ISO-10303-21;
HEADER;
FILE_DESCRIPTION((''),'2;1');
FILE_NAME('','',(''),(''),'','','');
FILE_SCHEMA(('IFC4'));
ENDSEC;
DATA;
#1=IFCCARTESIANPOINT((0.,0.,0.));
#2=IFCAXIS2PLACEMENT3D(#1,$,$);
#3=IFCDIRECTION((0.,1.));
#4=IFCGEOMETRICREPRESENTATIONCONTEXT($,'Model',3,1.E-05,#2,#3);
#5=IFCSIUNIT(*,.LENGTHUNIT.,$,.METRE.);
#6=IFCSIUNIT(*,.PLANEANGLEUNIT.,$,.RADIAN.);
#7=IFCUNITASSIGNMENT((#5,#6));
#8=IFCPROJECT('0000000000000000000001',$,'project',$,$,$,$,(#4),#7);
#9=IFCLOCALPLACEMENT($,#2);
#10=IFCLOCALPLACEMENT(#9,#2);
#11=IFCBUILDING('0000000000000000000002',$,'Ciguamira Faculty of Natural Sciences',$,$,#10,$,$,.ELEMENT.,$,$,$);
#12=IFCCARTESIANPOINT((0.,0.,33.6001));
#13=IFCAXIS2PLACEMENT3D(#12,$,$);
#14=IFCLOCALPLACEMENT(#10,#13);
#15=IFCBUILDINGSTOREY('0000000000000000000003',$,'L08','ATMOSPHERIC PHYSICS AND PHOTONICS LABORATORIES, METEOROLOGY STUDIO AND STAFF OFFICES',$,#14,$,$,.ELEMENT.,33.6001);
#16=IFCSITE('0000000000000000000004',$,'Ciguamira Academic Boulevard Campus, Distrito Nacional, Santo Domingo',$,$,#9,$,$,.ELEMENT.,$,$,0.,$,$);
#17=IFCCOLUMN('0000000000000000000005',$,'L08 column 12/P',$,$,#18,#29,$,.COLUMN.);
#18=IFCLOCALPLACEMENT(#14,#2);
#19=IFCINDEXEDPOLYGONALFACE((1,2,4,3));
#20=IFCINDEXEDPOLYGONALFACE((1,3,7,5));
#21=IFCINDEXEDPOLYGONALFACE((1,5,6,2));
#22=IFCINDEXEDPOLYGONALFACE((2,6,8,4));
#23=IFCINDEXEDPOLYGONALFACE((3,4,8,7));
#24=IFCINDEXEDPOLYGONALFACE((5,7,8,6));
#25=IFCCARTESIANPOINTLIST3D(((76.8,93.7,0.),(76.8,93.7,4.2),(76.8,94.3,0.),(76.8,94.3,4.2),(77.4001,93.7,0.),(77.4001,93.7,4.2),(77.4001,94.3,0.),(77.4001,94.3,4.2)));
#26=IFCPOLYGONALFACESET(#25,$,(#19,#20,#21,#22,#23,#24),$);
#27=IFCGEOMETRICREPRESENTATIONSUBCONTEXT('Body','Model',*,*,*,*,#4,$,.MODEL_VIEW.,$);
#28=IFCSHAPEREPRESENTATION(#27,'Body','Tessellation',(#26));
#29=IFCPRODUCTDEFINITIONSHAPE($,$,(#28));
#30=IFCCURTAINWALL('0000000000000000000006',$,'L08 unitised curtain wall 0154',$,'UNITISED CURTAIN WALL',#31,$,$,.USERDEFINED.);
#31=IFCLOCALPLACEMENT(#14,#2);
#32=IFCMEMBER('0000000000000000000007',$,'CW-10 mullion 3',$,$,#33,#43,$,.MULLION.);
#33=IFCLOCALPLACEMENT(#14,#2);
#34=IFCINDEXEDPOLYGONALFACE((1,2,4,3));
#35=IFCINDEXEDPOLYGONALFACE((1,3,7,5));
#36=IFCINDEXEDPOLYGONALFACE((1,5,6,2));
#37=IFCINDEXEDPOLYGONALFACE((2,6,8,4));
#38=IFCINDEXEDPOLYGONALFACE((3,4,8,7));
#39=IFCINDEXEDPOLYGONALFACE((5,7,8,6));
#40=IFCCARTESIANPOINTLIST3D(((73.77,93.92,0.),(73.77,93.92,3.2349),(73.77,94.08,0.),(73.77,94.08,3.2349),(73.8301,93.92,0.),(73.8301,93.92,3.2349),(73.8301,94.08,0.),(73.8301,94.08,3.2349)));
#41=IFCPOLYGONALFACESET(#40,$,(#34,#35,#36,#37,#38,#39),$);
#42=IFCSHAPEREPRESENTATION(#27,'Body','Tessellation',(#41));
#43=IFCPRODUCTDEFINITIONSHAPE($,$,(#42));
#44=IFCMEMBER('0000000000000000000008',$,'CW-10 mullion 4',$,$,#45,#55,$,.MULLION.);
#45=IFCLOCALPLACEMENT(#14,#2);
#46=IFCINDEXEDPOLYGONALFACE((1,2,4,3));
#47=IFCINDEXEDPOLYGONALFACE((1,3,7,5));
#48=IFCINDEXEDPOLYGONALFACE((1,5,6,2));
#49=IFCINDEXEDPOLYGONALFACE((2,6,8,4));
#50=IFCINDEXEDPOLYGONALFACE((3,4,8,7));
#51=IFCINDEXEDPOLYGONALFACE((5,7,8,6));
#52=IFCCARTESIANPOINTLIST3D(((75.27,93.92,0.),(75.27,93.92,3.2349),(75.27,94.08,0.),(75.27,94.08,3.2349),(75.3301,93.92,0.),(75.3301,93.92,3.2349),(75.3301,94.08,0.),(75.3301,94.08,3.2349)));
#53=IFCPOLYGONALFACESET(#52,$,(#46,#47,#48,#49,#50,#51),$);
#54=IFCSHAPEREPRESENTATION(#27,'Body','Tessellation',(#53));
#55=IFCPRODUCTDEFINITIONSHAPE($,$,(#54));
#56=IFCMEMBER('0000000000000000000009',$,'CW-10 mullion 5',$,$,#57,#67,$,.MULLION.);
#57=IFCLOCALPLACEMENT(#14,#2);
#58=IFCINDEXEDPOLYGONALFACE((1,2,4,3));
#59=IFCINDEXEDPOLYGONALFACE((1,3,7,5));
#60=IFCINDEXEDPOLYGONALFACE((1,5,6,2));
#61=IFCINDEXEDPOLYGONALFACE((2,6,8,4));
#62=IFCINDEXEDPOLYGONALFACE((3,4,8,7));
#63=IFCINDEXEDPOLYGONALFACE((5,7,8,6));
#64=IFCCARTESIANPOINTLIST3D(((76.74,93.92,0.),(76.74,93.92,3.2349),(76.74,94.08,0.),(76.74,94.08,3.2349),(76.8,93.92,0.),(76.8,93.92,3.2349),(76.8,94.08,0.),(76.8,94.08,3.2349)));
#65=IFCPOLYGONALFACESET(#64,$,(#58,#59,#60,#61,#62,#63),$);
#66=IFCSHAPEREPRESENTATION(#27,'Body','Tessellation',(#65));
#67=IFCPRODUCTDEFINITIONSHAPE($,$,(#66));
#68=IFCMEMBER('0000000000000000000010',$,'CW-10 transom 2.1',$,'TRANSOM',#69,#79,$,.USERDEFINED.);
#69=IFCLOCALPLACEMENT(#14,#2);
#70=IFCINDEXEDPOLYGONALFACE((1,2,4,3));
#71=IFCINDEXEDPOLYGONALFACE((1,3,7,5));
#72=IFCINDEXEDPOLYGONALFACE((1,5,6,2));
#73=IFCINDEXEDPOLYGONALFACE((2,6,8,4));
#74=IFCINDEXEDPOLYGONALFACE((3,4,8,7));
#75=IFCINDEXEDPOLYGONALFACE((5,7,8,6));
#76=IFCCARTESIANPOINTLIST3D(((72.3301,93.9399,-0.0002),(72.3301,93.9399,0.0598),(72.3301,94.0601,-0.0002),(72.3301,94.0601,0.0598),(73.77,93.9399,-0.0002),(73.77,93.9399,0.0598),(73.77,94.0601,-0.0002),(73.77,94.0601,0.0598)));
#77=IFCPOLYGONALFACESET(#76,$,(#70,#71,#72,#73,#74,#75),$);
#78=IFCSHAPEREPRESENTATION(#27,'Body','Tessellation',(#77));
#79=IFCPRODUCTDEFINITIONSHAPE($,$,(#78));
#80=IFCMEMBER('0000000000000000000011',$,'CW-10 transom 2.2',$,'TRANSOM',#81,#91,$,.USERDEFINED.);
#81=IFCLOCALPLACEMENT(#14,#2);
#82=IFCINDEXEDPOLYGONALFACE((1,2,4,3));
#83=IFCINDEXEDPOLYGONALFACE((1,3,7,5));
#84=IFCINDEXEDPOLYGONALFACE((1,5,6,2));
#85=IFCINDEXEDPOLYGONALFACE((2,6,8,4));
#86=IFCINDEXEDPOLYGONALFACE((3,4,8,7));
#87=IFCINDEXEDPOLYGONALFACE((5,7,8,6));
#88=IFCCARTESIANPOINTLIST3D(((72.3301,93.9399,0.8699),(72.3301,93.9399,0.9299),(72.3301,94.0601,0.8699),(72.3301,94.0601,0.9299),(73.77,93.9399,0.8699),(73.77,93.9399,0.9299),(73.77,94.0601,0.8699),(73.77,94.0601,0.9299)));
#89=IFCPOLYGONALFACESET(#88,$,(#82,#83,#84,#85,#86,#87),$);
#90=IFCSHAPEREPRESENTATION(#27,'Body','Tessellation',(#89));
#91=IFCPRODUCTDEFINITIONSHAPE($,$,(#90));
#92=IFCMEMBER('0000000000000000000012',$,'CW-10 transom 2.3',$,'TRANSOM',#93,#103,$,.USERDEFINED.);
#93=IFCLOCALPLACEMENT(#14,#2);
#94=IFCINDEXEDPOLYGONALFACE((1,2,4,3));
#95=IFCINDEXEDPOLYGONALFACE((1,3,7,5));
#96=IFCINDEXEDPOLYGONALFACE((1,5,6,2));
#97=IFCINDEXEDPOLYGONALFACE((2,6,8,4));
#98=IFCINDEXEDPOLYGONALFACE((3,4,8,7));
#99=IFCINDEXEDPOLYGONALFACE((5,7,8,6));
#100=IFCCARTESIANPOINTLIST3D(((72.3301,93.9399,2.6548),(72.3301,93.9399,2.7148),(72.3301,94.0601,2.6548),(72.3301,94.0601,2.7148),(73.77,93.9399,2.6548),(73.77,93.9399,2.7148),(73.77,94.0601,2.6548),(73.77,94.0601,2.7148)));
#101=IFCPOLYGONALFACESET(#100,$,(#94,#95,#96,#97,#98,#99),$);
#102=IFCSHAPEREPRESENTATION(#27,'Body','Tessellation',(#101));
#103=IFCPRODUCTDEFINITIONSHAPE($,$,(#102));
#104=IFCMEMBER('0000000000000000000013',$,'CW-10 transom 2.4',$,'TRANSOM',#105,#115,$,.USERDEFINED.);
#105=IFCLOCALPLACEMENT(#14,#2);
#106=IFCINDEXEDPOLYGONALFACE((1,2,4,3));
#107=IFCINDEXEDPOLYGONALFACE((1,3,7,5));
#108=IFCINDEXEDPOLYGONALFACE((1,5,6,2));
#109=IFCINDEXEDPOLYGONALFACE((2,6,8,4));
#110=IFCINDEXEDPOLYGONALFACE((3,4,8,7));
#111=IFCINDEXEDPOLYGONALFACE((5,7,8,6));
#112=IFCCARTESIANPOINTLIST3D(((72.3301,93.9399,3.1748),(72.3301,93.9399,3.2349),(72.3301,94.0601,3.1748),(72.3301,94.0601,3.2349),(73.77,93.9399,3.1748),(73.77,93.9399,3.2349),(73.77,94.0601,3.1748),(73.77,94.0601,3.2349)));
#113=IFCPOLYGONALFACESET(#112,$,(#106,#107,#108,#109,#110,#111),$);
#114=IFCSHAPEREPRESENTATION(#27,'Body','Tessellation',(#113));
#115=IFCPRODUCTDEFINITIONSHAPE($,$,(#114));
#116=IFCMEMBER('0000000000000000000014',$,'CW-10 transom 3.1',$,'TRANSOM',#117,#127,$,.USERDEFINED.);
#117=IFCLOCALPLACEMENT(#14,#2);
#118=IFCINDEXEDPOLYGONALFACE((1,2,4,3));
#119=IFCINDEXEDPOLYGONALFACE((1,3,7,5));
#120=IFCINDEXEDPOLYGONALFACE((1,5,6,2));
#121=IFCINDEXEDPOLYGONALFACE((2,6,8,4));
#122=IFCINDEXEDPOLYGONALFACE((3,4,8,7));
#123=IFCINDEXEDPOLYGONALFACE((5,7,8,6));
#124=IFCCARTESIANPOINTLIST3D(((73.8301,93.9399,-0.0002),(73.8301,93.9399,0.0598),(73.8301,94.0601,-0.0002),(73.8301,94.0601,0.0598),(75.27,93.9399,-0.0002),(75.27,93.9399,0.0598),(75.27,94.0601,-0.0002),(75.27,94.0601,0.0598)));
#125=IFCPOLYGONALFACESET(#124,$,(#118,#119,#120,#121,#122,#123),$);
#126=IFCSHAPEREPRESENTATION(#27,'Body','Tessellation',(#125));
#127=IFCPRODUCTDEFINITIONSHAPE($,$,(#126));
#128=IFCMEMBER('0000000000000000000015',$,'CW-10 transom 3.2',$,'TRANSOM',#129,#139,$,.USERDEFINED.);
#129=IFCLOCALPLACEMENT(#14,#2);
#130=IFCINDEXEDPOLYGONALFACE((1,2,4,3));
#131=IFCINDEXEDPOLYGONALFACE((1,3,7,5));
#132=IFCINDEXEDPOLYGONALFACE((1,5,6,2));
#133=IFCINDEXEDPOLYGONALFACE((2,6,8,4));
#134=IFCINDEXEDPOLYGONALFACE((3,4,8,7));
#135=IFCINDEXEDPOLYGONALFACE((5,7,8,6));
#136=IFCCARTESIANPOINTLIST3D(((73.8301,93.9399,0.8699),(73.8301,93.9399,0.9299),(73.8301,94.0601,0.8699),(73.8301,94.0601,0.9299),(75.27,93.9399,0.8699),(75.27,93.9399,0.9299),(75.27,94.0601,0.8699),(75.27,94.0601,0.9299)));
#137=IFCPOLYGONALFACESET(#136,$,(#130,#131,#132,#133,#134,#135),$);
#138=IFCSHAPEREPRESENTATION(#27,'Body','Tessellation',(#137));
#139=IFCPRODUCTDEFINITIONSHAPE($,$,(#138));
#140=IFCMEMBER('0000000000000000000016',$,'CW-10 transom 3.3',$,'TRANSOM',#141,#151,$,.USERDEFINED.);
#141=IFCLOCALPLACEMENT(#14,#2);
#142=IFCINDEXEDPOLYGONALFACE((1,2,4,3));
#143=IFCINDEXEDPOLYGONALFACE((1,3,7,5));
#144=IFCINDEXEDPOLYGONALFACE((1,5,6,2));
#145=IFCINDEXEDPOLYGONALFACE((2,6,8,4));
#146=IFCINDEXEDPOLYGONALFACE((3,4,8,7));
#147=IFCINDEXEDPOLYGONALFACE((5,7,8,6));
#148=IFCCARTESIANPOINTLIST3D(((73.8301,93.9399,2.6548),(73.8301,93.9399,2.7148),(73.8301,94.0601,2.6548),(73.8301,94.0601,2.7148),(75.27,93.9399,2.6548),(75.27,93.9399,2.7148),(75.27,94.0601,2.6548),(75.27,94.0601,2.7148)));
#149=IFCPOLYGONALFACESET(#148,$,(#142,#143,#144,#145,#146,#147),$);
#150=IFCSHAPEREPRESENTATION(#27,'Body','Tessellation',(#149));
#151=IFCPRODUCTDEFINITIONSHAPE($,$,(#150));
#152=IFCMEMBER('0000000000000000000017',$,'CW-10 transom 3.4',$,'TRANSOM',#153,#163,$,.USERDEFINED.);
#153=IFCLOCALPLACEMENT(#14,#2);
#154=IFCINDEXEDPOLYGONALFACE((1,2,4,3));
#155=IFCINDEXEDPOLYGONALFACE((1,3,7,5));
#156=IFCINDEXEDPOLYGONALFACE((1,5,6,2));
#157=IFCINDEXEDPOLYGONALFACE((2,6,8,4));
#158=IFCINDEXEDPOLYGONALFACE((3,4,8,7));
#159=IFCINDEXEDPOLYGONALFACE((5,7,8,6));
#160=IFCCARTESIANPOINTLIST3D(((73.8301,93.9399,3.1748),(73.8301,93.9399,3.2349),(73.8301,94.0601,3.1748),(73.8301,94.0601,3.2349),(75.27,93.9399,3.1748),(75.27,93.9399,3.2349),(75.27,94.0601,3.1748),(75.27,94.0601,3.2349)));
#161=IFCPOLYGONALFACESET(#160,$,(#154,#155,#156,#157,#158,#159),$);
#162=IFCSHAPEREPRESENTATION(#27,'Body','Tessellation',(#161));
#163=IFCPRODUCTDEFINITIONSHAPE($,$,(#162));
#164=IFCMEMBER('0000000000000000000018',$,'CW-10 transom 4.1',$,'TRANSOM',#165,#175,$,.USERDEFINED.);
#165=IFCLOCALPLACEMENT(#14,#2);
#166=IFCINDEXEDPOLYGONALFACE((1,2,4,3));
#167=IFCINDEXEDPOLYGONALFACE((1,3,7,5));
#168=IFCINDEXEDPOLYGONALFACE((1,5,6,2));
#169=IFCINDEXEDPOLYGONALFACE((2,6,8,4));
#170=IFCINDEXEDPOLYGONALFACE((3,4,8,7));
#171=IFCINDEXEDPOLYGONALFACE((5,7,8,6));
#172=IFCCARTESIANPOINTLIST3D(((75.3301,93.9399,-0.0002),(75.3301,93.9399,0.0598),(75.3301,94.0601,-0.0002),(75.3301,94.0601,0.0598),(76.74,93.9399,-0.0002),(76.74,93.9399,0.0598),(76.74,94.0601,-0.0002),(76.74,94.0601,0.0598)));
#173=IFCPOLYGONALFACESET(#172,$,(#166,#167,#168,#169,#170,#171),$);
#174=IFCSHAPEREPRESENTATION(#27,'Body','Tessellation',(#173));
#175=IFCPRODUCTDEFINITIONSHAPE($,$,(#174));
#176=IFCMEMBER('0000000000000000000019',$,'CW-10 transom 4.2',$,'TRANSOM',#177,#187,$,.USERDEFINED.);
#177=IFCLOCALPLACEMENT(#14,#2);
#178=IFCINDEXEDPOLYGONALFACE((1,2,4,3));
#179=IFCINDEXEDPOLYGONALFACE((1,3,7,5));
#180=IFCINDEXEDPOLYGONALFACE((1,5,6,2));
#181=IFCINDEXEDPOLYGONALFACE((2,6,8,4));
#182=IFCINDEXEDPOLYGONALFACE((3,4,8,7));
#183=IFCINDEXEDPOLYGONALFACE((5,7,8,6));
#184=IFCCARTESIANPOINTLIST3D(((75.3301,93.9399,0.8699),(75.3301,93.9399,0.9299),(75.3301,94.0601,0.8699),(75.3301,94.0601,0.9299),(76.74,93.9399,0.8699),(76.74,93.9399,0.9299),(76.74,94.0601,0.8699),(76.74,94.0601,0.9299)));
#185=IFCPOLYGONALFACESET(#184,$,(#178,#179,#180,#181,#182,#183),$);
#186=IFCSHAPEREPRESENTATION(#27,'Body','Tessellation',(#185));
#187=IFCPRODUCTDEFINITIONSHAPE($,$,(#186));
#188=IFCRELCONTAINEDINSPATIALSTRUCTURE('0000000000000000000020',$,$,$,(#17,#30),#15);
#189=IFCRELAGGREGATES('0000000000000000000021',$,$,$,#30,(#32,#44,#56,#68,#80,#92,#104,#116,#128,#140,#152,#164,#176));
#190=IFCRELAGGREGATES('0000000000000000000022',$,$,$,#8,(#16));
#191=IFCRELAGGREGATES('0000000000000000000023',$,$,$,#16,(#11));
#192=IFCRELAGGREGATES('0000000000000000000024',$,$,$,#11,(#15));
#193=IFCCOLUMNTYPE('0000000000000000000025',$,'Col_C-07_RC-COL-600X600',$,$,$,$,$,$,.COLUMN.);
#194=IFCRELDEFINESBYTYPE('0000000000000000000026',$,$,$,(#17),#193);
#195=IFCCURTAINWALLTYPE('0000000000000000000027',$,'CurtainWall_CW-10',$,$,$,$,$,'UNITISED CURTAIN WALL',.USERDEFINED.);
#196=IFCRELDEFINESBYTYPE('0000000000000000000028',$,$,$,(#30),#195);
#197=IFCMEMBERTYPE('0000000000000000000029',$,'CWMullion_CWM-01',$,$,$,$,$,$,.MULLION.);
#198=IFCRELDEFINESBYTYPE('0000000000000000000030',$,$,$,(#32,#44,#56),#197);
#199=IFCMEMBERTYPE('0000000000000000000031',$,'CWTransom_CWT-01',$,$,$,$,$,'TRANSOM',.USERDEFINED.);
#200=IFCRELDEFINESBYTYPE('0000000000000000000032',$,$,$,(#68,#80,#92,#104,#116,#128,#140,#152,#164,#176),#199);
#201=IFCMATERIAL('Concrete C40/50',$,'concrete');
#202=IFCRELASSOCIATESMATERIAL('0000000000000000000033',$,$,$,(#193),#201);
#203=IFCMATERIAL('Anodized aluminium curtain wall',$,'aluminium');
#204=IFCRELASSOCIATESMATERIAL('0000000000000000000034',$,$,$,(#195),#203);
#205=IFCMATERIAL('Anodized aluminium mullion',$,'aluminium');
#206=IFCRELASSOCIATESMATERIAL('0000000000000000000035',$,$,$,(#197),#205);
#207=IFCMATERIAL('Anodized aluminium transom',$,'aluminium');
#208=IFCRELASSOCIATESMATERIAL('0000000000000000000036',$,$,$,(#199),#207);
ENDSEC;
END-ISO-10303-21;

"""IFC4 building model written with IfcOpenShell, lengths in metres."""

from ifc_helpers import new_model, si_unit, direction, frame, origin, origin_2d, place, context, subcontext, project, spatial, rectangle, extrude, material, material_profile, profile_set, type_object, element, aggregate, save


model = new_model("IFC4")

# Units and contexts
model_context = context("Model", 3, precision=1e-05, world=origin(), true_north=direction((0.0, 1.0)))
body_context = subcontext(model_context, "Body", "Model", "MODEL_VIEW")
ifc_project = project(units=[si_unit("LENGTHUNIT", "METRE"), si_unit("PLANEANGLEUNIT", "RADIAN")], contexts=[model_context])

# Site, building, storey
site_placement = place(None, origin())
site = spatial("IfcSite", under=ifc_project, at=site_placement, Name="Ciguamira Academic Boulevard Campus, Distrito Nacional, Santo Domingo", CompositionType="ELEMENT", RefElevation=0.0)
building_placement = place(site_placement, origin())
building = spatial("IfcBuilding", under=site, at=building_placement, Name="Ciguamira Faculty of Natural Sciences", CompositionType="ELEMENT")
storey_placement = place(building_placement, frame((0.0, 0.0, 33.6001)))
storey = spatial("IfcBuildingStorey", under=building, at=storey_placement, Name="L08", Description="ATMOSPHERIC PHYSICS AND PHOTONICS LABORATORIES, METEOROLOGY STUDIO AND STAFF OFFICES", CompositionType="ELEMENT", Elevation=33.6001)

# Column
ifc_material_1 = material(Name="Concrete C40/50", Category="concrete")
ifc_material_profile_1 = material_profile(ifc_material_1, rectangle(XDim=0.6001, YDim=0.6001, at=origin_2d()), Name="RC-COL-600X600")
ifc_profile_set_1 = profile_set([ifc_material_profile_1], Name="Concrete C40/50")
column_type = type_object("IfcColumnType", Name="Col_C-07_RC-COL-600X600", PredefinedType="COLUMN", material=ifc_profile_set_1)
column_placement = place(storey_placement, frame((77.1001, 94.0, 0.0), z_axis=(0.0, 0.0, 1.0), x_axis=(1.0, 0.0, 0.0)))
element("IfcColumn", 1, at=column_placement, inside=storey, type_object=column_type, Name="L08 column 12/P", PredefinedType="COLUMN", context=body_context, shape_type="SweptSolid", body=[
    extrude(rectangle(XDim=0.6001, YDim=0.6001, at=origin_2d()), origin(), (0.0, 0.0, 1.0), 4.2),
])

# Curtain wall, members
ifc_material_2 = material(Name="Anodized aluminium curtain wall", Category="aluminium")
curtain_wall_type = type_object("IfcCurtainWallType", Name="CurtainWall_CW-10", ElementType="UNITISED CURTAIN WALL", PredefinedType="USERDEFINED", material=ifc_material_2)
curtain_wall_placement = place(storey_placement, origin())
curtain_wall = element("IfcCurtainWall", 2, at=curtain_wall_placement, inside=storey, type_object=curtain_wall_type, Name="L08 unitised curtain wall 0154", ObjectType="UNITISED CURTAIN WALL", PredefinedType="USERDEFINED")
ifc_material_3 = material(Name="Anodized aluminium mullion", Category="aluminium")
ifc_material_profile_2 = material_profile(ifc_material_3, rectangle(XDim=0.0601, YDim=0.1599, at=origin_2d()), Name="ALU-MUL-60X160")
ifc_profile_set_2 = profile_set([ifc_material_profile_2], Name="Anodized aluminium mullion")
member_type_1 = type_object("IfcMemberType", Name="CWMullion_CWM-01", PredefinedType="MULLION", material=ifc_profile_set_2)
member_1_placement = place(storey_placement, frame((73.8, 94.0, 0.0), z_axis=(0.0, 0.0, 1.0), x_axis=(1.0, 0.0, 0.0)))
member_1 = element("IfcMember", 3, at=member_1_placement, type_object=member_type_1, Name="CW-10 mullion 3", PredefinedType="MULLION", context=body_context, shape_type="SweptSolid", body=[
    extrude(rectangle(XDim=0.0601, YDim=0.1599, at=origin_2d()), origin(), (0.0, 0.0, 1.0), 3.2349),
])
member_2_placement = place(storey_placement, frame((75.3, 94.0, 0.0), z_axis=(0.0, 0.0, 1.0), x_axis=(1.0, 0.0, 0.0)))
member_2 = element("IfcMember", 4, at=member_2_placement, type_object=member_type_1, Name="CW-10 mullion 4", PredefinedType="MULLION", context=body_context, shape_type="SweptSolid", body=[
    extrude(rectangle(XDim=0.0601, YDim=0.1599, at=origin_2d()), origin(), (0.0, 0.0, 1.0), 3.2349),
])
member_3_placement = place(storey_placement, frame((76.77, 94.0, 0.0), z_axis=(0.0, 0.0, 1.0), x_axis=(1.0, 0.0, 0.0)))
member_3 = element("IfcMember", 5, at=member_3_placement, type_object=member_type_1, Name="CW-10 mullion 5", PredefinedType="MULLION", context=body_context, shape_type="SweptSolid", body=[
    extrude(rectangle(XDim=0.0601, YDim=0.1599, at=origin_2d()), origin(), (0.0, 0.0, 1.0), 3.2349),
])
ifc_material_4 = material(Name="Anodized aluminium transom", Category="aluminium")
ifc_material_profile_3 = material_profile(ifc_material_4, rectangle(XDim=0.0601, YDim=0.1201, at=origin_2d()), Name="ALU-TRN-60X120")
ifc_profile_set_3 = profile_set([ifc_material_profile_3], Name="Anodized aluminium transom")
member_type_2 = type_object("IfcMemberType", Name="CWTransom_CWT-01", ElementType="TRANSOM", PredefinedType="USERDEFINED", material=ifc_profile_set_3)
member_4_placement = place(storey_placement, frame((72.3301, 94.0, 0.0298), z_axis=(1.0, 0.0, 0.0), x_axis=(0.0, 0.0, 1.0)))
member_4 = element("IfcMember", 6, at=member_4_placement, type_object=member_type_2, Name="CW-10 transom 2.1", ObjectType="TRANSOM", PredefinedType="USERDEFINED", context=body_context, shape_type="SweptSolid", body=[
    extrude(rectangle(XDim=0.0601, YDim=0.1201, at=origin_2d()), origin(), (0.0, 0.0, 1.0), 1.4399),
])
member_5_placement = place(storey_placement, frame((72.3301, 94.0, 0.8999), z_axis=(1.0, 0.0, 0.0), x_axis=(0.0, 0.0, 1.0)))
member_5 = element("IfcMember", 7, at=member_5_placement, type_object=member_type_2, Name="CW-10 transom 2.2", ObjectType="TRANSOM", PredefinedType="USERDEFINED", context=body_context, shape_type="SweptSolid", body=[
    extrude(rectangle(XDim=0.0601, YDim=0.1201, at=origin_2d()), origin(), (0.0, 0.0, 1.0), 1.4399),
])
member_6_placement = place(storey_placement, frame((72.3301, 94.0, 2.6848), z_axis=(1.0, 0.0, 0.0), x_axis=(0.0, 0.0, 1.0)))
member_6 = element("IfcMember", 8, at=member_6_placement, type_object=member_type_2, Name="CW-10 transom 2.3", ObjectType="TRANSOM", PredefinedType="USERDEFINED", context=body_context, shape_type="SweptSolid", body=[
    extrude(rectangle(XDim=0.0601, YDim=0.1201, at=origin_2d()), origin(), (0.0, 0.0, 1.0), 1.4399),
])
member_7_placement = place(storey_placement, frame((72.3301, 94.0, 3.2048), z_axis=(1.0, 0.0, 0.0), x_axis=(0.0, 0.0, 1.0)))
member_7 = element("IfcMember", 9, at=member_7_placement, type_object=member_type_2, Name="CW-10 transom 2.4", ObjectType="TRANSOM", PredefinedType="USERDEFINED", context=body_context, shape_type="SweptSolid", body=[
    extrude(rectangle(XDim=0.0601, YDim=0.1201, at=origin_2d()), origin(), (0.0, 0.0, 1.0), 1.4399),
])
member_8_placement = place(storey_placement, frame((73.8301, 94.0, 0.0298), z_axis=(1.0, 0.0, 0.0), x_axis=(0.0, 0.0, 1.0)))
member_8 = element("IfcMember", 10, at=member_8_placement, type_object=member_type_2, Name="CW-10 transom 3.1", ObjectType="TRANSOM", PredefinedType="USERDEFINED", context=body_context, shape_type="SweptSolid", body=[
    extrude(rectangle(XDim=0.0601, YDim=0.1201, at=origin_2d()), origin(), (0.0, 0.0, 1.0), 1.4399),
])
member_9_placement = place(storey_placement, frame((73.8301, 94.0, 0.8999), z_axis=(1.0, 0.0, 0.0), x_axis=(0.0, 0.0, 1.0)))
member_9 = element("IfcMember", 11, at=member_9_placement, type_object=member_type_2, Name="CW-10 transom 3.2", ObjectType="TRANSOM", PredefinedType="USERDEFINED", context=body_context, shape_type="SweptSolid", body=[
    extrude(rectangle(XDim=0.0601, YDim=0.1201, at=origin_2d()), origin(), (0.0, 0.0, 1.0), 1.4399),
])
member_10_placement = place(storey_placement, frame((73.8301, 94.0, 2.6848), z_axis=(1.0, 0.0, 0.0), x_axis=(0.0, 0.0, 1.0)))
member_10 = element("IfcMember", 12, at=member_10_placement, type_object=member_type_2, Name="CW-10 transom 3.3", ObjectType="TRANSOM", PredefinedType="USERDEFINED", context=body_context, shape_type="SweptSolid", body=[
    extrude(rectangle(XDim=0.0601, YDim=0.1201, at=origin_2d()), origin(), (0.0, 0.0, 1.0), 1.4399),
])
member_11_placement = place(storey_placement, frame((73.8301, 94.0, 3.2048), z_axis=(1.0, 0.0, 0.0), x_axis=(0.0, 0.0, 1.0)))
member_11 = element("IfcMember", 13, at=member_11_placement, type_object=member_type_2, Name="CW-10 transom 3.4", ObjectType="TRANSOM", PredefinedType="USERDEFINED", context=body_context, shape_type="SweptSolid", body=[
    extrude(rectangle(XDim=0.0601, YDim=0.1201, at=origin_2d()), origin(), (0.0, 0.0, 1.0), 1.4399),
])
member_12_placement = place(storey_placement, frame((75.3301, 94.0, 0.0298), z_axis=(1.0, 0.0, 0.0), x_axis=(0.0, 0.0, 1.0)))
member_12 = element("IfcMember", 14, at=member_12_placement, type_object=member_type_2, Name="CW-10 transom 4.1", ObjectType="TRANSOM", PredefinedType="USERDEFINED", context=body_context, shape_type="SweptSolid", body=[
    extrude(rectangle(XDim=0.0601, YDim=0.1201, at=origin_2d()), origin(), (0.0, 0.0, 1.0), 1.4099),
])
member_13_placement = place(storey_placement, frame((75.3301, 94.0, 0.8999), z_axis=(1.0, 0.0, 0.0), x_axis=(0.0, 0.0, 1.0)))
member_13 = element("IfcMember", 15, at=member_13_placement, type_object=member_type_2, Name="CW-10 transom 4.2", ObjectType="TRANSOM", PredefinedType="USERDEFINED", context=body_context, shape_type="SweptSolid", body=[
    extrude(rectangle(XDim=0.0601, YDim=0.1201, at=origin_2d()), origin(), (0.0, 0.0, 1.0), 1.4099),
])

aggregate(curtain_wall, [member_1, member_2, member_3, member_4, member_5, member_6, member_7, member_8, member_9, member_10, member_11, member_12, member_13])

save(model, "model.ifc")
